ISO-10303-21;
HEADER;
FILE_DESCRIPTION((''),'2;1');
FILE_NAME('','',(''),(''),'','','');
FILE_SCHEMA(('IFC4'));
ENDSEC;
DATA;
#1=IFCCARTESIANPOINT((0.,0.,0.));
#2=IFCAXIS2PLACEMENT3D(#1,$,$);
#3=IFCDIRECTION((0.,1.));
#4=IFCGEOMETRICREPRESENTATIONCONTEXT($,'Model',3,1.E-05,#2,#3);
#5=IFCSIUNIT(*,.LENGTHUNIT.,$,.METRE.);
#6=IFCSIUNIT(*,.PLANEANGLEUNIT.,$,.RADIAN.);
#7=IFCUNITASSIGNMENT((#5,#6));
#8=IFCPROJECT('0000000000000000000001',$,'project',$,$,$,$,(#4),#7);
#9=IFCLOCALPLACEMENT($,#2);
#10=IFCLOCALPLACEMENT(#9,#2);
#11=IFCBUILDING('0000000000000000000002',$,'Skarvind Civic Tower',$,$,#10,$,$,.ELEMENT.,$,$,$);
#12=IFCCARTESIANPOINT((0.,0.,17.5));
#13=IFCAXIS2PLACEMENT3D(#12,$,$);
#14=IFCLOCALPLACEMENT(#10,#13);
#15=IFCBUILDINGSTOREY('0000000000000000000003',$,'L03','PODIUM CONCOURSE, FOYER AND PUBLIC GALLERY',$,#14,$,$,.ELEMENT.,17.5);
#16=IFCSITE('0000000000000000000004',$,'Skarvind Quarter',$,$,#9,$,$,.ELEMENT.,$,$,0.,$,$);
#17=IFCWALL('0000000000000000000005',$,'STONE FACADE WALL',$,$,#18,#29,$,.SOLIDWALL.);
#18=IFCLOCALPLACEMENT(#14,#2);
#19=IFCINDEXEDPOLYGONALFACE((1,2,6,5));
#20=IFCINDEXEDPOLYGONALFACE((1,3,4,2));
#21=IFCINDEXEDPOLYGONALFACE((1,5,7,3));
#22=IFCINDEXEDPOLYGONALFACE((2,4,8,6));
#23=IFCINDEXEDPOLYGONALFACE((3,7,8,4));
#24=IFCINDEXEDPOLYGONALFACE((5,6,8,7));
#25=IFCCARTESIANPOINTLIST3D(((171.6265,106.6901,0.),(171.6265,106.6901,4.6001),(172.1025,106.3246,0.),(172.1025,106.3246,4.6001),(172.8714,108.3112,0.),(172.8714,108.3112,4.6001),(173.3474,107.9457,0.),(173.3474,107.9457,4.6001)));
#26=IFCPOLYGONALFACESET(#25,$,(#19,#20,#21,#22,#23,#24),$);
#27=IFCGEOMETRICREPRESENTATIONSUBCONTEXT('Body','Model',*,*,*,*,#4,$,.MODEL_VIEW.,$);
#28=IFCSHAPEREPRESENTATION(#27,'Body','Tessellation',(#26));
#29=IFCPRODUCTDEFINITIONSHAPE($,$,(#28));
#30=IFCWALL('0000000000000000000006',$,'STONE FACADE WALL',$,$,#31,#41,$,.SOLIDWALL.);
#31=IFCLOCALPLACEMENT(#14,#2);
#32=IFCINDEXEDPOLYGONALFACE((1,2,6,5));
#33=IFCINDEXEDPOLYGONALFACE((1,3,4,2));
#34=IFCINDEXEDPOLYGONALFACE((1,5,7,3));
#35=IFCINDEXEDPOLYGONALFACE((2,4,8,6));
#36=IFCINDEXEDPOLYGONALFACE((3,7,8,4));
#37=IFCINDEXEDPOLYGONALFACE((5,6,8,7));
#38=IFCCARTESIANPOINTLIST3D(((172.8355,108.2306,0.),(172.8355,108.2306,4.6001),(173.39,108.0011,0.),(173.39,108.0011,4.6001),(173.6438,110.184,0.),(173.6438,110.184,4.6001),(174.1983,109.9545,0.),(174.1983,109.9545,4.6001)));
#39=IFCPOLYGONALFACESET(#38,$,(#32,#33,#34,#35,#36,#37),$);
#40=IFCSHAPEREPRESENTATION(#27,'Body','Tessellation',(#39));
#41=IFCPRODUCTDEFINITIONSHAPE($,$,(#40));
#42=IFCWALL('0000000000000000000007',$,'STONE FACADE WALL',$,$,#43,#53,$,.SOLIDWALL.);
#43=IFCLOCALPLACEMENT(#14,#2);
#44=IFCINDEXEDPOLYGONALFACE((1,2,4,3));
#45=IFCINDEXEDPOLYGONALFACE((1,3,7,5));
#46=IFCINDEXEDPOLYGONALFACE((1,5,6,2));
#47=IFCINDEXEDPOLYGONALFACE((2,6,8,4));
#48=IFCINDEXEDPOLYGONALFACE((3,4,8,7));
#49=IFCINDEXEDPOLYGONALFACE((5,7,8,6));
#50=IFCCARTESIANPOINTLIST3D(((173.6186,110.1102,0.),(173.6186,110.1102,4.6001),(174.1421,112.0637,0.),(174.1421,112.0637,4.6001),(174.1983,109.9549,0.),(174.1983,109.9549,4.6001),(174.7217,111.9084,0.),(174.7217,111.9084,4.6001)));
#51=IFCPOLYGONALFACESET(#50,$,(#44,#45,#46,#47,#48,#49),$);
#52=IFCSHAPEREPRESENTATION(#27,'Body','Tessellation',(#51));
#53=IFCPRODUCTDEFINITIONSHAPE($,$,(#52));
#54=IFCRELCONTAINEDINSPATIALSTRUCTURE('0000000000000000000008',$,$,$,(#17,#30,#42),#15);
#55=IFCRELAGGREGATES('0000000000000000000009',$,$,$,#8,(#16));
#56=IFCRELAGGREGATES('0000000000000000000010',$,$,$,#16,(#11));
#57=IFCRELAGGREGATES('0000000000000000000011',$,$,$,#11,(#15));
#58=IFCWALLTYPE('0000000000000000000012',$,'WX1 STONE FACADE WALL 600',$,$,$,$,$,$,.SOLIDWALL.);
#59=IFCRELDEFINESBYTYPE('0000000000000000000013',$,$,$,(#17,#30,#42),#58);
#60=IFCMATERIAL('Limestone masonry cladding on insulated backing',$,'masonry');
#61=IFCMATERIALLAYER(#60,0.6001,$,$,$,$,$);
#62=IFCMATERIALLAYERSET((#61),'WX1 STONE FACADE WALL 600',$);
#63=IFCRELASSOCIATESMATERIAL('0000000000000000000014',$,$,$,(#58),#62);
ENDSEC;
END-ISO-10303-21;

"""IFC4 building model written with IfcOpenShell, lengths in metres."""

from ifc_helpers import new_model, si_unit, direction, frame, frame_2d, origin, place, context, subcontext, project, spatial, rectangle, extrude, material, layer, layer_set, type_object, element, save


model = new_model("IFC4")

# Units and contexts
model_context = context("Model", 3, precision=1e-05, world=origin(), true_north=direction((0.0, 1.0)))
body_context = subcontext(model_context, "Body", "Model", "MODEL_VIEW")
ifc_project = project(units=[si_unit("LENGTHUNIT", "METRE"), si_unit("PLANEANGLEUNIT", "RADIAN")], contexts=[model_context])

# Site, building, storey
site_placement = place(None, origin())
site = spatial("IfcSite", under=ifc_project, at=site_placement, Name="Skarvind Quarter", CompositionType="ELEMENT", RefElevation=0.0)
building_placement = place(site_placement, origin())
building = spatial("IfcBuilding", under=site, at=building_placement, Name="Skarvind Civic Tower", CompositionType="ELEMENT")
storey_placement = place(building_placement, frame((0.0, 0.0, 17.5)))
storey = spatial("IfcBuildingStorey", under=building, at=storey_placement, Name="L03", Description="PODIUM CONCOURSE, FOYER AND PUBLIC GALLERY", CompositionType="ELEMENT", Elevation=17.5)

# Shared definitions
ifc_material_1 = material(Name="Limestone masonry cladding on insulated backing", Category="masonry")
ifc_layer_1 = layer(ifc_material_1, 0.6001)
ifc_layer_set_1 = layer_set([ifc_layer_1], Name="WX1 STONE FACADE WALL 600")
wall_type_1 = type_object("IfcWallType", Name="WX1 STONE FACADE WALL 600", PredefinedType="SOLIDWALL", material=ifc_layer_set_1)

# Walls
wall_1_placement = place(storey_placement, frame((173.1094, 108.1284, 0.0), z_axis=(0.0, 0.0, 1.0), x_axis=(-0.609058, -0.793125, 0.0)))
element("IfcWall", 1, at=wall_1_placement, inside=storey, type_object=wall_type_1, Name="STONE FACADE WALL", PredefinedType="SOLIDWALL", context=body_context, shape_type="SweptSolid", body=[
    extrude(rectangle(XDim=2.0439, YDim=0.6001, at=frame_2d((1.022, 0.0))), origin(), (0.0, 0.0, 1.0), 4.6001),
])
wall_2_placement = place(storey_placement, frame((173.9211, 110.0693, 0.0), z_axis=(0.0, 0.0, 1.0), x_axis=(-0.382376, -0.924007, 0.0)))
element("IfcWall", 2, at=wall_2_placement, inside=storey, type_object=wall_type_1, Name="STONE FACADE WALL", PredefinedType="SOLIDWALL", context=body_context, shape_type="SweptSolid", body=[
    extrude(rectangle(XDim=2.114, YDim=0.6001, at=frame_2d((1.0571, 0.0))), origin(), (0.0, 0.0, 1.0), 4.6001),
])
wall_3_placement = place(storey_placement, frame((174.4319, 111.9861, 0.0), z_axis=(0.0, 0.0, 1.0), x_axis=(-0.258804, -0.96593, 0.0)))
element("IfcWall", 3, at=wall_3_placement, inside=storey, type_object=wall_type_1, Name="STONE FACADE WALL", PredefinedType="SOLIDWALL", context=body_context, shape_type="SweptSolid", body=[
    extrude(rectangle(XDim=2.0225, YDim=0.6001, at=frame_2d((1.0112, 0.0))), origin(), (0.0, 0.0, 1.0), 4.6001),
])

save(model, "model.ifc")
